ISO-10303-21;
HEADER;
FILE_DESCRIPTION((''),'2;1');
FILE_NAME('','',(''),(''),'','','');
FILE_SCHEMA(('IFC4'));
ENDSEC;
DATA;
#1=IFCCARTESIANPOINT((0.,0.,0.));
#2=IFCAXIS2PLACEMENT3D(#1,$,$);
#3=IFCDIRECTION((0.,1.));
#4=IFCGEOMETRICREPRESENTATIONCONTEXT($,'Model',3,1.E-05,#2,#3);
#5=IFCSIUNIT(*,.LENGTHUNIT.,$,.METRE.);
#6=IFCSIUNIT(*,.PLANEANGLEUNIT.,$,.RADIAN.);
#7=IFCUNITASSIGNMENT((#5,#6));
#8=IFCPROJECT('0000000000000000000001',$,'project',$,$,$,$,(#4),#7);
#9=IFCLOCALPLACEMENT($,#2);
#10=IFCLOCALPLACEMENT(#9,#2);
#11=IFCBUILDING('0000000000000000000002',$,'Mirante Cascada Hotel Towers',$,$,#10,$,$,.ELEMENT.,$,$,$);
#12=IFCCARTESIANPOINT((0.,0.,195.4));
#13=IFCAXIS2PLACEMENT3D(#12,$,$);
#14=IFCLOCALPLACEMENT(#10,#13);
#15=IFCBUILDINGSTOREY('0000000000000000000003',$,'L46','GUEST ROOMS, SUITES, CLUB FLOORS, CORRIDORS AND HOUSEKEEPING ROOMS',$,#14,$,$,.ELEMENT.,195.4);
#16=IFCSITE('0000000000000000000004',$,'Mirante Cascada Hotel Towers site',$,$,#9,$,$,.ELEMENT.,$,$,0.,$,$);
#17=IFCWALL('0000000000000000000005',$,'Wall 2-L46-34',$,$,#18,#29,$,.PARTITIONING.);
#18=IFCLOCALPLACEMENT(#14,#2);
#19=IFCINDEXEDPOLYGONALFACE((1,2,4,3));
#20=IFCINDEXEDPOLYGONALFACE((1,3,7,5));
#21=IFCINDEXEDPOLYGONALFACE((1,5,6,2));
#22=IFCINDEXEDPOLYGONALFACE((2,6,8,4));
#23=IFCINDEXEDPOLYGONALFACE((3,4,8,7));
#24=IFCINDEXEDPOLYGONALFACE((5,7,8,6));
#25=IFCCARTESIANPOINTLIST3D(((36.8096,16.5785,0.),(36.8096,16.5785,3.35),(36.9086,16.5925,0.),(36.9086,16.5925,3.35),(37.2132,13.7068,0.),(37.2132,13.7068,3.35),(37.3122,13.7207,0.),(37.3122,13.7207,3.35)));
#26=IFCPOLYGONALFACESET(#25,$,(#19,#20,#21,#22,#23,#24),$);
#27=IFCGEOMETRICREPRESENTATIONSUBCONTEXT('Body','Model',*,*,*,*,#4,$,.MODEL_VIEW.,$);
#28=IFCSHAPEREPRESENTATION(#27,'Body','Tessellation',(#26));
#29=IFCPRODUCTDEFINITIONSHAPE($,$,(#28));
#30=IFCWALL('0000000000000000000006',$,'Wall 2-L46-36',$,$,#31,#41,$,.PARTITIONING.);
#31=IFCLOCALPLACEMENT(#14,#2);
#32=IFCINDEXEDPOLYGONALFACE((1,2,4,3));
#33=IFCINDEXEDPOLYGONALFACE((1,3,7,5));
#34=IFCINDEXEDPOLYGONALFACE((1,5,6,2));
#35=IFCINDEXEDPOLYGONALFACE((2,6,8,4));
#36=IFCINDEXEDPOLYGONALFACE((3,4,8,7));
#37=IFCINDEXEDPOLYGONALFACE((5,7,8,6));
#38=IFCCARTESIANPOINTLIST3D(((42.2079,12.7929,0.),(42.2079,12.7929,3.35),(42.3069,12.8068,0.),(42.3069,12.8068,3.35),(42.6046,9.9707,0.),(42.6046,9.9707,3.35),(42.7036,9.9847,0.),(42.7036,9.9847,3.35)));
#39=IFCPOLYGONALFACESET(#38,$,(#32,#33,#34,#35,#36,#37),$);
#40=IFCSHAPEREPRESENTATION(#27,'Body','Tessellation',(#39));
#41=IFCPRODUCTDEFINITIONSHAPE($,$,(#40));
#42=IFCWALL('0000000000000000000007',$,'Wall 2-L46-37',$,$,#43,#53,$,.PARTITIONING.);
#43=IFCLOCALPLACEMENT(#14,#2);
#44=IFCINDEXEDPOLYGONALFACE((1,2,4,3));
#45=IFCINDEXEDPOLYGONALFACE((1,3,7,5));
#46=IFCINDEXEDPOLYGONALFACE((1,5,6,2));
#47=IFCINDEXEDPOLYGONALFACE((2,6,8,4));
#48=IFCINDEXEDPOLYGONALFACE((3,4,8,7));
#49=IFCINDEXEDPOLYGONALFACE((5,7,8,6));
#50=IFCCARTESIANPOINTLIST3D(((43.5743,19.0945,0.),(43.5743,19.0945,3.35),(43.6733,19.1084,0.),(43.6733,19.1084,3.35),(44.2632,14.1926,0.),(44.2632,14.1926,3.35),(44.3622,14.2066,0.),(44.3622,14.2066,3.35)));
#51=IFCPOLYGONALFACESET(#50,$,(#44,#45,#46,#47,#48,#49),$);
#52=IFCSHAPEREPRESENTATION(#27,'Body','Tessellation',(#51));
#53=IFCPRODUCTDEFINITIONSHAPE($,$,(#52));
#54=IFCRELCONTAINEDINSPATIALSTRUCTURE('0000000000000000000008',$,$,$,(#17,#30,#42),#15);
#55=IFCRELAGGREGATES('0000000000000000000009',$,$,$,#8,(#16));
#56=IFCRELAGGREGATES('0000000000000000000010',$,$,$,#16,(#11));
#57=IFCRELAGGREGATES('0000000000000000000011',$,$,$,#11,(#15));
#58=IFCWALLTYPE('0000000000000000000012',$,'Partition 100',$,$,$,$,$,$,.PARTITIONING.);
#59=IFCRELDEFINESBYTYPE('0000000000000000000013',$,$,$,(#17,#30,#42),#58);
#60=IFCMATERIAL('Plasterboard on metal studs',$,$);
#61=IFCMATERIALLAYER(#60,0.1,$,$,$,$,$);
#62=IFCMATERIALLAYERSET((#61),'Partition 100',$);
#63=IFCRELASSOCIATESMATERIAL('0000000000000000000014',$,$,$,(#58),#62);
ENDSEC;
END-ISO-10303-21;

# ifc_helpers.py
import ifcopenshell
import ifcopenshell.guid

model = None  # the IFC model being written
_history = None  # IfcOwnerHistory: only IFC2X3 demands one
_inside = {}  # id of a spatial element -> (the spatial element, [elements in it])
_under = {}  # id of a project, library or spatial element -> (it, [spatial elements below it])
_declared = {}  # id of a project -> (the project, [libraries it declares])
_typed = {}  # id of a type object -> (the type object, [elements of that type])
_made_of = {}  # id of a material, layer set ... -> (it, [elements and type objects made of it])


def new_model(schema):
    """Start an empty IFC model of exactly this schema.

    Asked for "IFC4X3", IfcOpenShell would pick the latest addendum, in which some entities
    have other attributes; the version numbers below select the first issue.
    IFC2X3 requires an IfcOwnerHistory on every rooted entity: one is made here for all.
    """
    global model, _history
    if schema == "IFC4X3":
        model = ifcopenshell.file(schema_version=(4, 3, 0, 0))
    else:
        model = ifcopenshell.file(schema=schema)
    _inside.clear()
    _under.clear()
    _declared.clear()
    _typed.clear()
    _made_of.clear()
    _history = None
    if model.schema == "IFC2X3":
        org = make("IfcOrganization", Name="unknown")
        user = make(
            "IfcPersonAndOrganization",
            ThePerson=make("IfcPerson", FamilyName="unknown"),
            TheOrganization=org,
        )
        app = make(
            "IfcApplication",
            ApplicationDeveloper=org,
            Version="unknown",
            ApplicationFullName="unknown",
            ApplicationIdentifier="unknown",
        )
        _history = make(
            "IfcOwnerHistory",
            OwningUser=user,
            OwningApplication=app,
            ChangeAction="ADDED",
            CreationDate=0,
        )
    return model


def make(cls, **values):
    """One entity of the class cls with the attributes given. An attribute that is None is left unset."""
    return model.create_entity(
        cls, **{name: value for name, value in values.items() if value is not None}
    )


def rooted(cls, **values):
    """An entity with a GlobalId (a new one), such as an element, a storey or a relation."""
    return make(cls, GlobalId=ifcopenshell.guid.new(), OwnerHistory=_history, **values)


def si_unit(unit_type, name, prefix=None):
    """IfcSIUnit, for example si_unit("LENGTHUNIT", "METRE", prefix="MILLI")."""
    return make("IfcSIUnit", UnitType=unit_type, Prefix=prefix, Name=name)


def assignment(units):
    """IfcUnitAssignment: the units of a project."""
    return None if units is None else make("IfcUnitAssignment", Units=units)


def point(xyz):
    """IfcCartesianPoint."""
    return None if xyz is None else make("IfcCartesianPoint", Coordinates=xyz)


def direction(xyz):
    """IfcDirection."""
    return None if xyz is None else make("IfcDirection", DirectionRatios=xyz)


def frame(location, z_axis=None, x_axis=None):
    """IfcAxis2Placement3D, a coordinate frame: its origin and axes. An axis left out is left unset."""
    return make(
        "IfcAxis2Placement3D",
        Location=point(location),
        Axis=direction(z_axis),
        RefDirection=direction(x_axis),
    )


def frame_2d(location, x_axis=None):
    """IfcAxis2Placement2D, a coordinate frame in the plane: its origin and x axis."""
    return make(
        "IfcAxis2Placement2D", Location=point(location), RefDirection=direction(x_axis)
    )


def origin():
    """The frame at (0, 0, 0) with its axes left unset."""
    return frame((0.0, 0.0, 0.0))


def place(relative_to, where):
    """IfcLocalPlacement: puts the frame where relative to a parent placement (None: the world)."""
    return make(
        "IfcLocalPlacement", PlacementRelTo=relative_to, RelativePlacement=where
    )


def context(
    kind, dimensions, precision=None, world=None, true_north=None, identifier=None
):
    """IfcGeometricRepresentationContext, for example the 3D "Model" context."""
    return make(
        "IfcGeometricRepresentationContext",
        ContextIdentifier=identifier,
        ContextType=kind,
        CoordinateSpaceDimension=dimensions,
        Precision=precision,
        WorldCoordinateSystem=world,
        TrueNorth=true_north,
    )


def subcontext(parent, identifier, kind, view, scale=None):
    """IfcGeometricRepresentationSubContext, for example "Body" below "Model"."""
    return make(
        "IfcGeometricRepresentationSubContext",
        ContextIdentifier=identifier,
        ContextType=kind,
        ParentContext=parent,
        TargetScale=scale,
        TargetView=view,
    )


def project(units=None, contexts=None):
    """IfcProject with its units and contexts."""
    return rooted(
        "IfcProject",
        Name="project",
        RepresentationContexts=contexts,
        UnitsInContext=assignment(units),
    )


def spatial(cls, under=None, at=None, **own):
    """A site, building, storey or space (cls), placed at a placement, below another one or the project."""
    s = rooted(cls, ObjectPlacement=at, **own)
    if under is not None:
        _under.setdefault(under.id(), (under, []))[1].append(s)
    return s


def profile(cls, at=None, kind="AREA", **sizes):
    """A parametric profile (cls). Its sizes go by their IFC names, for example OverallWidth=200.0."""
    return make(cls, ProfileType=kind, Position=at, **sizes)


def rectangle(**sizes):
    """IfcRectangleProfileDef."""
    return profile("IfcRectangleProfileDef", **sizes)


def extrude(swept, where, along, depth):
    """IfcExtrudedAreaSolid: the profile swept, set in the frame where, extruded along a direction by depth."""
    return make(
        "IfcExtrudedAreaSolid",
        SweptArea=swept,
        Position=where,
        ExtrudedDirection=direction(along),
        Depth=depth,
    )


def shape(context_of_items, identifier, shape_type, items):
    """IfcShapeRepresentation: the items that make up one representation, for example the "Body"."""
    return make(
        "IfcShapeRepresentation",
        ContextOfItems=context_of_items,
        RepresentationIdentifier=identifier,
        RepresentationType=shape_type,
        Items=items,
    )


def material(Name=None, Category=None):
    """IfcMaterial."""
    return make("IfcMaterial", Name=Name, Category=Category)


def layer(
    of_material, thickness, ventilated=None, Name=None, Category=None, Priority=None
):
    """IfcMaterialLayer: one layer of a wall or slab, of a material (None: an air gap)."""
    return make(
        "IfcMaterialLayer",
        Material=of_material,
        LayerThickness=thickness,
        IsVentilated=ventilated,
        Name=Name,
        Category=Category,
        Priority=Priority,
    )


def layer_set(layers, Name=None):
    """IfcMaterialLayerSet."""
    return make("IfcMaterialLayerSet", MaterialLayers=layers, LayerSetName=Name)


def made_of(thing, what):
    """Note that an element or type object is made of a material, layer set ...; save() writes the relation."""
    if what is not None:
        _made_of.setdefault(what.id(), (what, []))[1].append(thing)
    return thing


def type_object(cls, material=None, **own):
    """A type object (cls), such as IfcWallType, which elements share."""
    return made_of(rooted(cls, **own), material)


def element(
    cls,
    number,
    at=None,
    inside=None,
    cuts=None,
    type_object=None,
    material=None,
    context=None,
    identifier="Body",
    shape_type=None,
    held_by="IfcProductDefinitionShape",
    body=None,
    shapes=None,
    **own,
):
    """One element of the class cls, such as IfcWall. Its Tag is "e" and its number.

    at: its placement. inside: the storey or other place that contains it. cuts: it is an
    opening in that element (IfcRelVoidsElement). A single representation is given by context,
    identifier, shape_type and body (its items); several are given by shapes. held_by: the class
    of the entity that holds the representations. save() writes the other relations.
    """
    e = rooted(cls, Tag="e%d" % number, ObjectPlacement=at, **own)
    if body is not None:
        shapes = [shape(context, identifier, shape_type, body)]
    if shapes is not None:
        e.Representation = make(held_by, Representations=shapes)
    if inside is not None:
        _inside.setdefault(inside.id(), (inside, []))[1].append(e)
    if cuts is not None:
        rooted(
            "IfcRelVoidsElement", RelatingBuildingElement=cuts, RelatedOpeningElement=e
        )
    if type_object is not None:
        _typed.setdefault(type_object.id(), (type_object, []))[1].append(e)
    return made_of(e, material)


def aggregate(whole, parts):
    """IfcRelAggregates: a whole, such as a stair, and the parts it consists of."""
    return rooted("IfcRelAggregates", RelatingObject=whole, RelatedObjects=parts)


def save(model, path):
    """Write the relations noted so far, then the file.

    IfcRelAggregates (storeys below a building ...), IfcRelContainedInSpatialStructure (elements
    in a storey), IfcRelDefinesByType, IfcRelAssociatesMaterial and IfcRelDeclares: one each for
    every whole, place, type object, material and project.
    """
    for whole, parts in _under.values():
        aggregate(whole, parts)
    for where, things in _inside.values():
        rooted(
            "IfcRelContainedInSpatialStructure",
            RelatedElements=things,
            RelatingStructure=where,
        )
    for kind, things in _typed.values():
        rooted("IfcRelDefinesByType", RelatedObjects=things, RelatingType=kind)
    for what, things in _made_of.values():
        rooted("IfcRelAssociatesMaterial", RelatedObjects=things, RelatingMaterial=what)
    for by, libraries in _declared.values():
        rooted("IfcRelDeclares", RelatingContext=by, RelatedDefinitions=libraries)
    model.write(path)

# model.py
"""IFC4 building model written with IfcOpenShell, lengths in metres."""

from ifc_helpers import new_model, si_unit, direction, frame, frame_2d, origin, place, context, subcontext, project, spatial, rectangle, extrude, material, layer, layer_set, type_object, element, save


model = new_model("IFC4")

# Units and contexts
model_context = context("Model", 3, precision=1e-05, world=origin(), true_north=direction((0.0, 1.0)))
body_context = subcontext(model_context, "Body", "Model", "MODEL_VIEW")
ifc_project = project(units=[si_unit("LENGTHUNIT", "METRE"), si_unit("PLANEANGLEUNIT", "RADIAN")], contexts=[model_context])

# Site, building, storey
site_placement = place(None, origin())
site = spatial("IfcSite", under=ifc_project, at=site_placement, Name="Mirante Cascada Hotel Towers site", CompositionType="ELEMENT", RefElevation=0.0)
building_placement = place(site_placement, origin())
building = spatial("IfcBuilding", under=site, at=building_placement, Name="Mirante Cascada Hotel Towers", CompositionType="ELEMENT")
storey_placement = place(building_placement, frame((0.0, 0.0, 195.4)))
storey = spatial("IfcBuildingStorey", under=building, at=storey_placement, Name="L46", Description="GUEST ROOMS, SUITES, CLUB FLOORS, CORRIDORS AND HOUSEKEEPING ROOMS", CompositionType="ELEMENT", Elevation=195.4)

# Shared definitions
ifc_material_1 = material(Name="Plasterboard on metal studs")
ifc_layer_1 = layer(ifc_material_1, 0.1)
ifc_layer_set_1 = layer_set([ifc_layer_1], Name="Partition 100")
wall_type_1 = type_object("IfcWallType", Name="Partition 100", PredefinedType="PARTITIONING", material=ifc_layer_set_1)

# Walls
wall_1_placement = place(storey_placement, frame((36.8591, 16.5855, 0.0), z_axis=(0.0, 0.0, 1.0), x_axis=(0.139171, -0.990268, 0.0)))
element("IfcWall", 1, at=wall_1_placement, inside=storey, type_object=wall_type_1, Name="Wall 2-L46-34", PredefinedType="PARTITIONING", context=body_context, shape_type="SweptSolid", body=[
    extrude(rectangle(XDim=2.9, YDim=0.1, at=frame_2d((1.45, 0.0))), origin(), (0.0, 0.0, 1.0), 3.35),
])
wall_2_placement = place(storey_placement, frame((42.2574, 12.7999, 0.0), z_axis=(0.0, 0.0, 1.0), x_axis=(0.139196, -0.990265, 0.0)))
element("IfcWall", 2, at=wall_2_placement, inside=storey, type_object=wall_type_1, Name="Wall 2-L46-36", PredefinedType="PARTITIONING", context=body_context, shape_type="SweptSolid", body=[
    extrude(rectangle(XDim=2.8499, YDim=0.1, at=frame_2d((1.425, 0.0))), origin(), (0.0, 0.0, 1.0), 3.35),
])
wall_3_placement = place(storey_placement, frame((44.3127, 14.1996, 0.0), z_axis=(0.0, 0.0, 1.0), x_axis=(-0.139173, 0.990268, 0.0)))
element("IfcWall", 3, at=wall_3_placement, inside=storey, type_object=wall_type_1, Name="Wall 2-L46-37", PredefinedType="PARTITIONING", context=body_context, shape_type="SweptSolid", body=[
    extrude(rectangle(XDim=4.95, YDim=0.1, at=frame_2d((2.475, 0.0))), origin(), (0.0, 0.0, 1.0), 3.35),
])

save(model, "model.ifc")
